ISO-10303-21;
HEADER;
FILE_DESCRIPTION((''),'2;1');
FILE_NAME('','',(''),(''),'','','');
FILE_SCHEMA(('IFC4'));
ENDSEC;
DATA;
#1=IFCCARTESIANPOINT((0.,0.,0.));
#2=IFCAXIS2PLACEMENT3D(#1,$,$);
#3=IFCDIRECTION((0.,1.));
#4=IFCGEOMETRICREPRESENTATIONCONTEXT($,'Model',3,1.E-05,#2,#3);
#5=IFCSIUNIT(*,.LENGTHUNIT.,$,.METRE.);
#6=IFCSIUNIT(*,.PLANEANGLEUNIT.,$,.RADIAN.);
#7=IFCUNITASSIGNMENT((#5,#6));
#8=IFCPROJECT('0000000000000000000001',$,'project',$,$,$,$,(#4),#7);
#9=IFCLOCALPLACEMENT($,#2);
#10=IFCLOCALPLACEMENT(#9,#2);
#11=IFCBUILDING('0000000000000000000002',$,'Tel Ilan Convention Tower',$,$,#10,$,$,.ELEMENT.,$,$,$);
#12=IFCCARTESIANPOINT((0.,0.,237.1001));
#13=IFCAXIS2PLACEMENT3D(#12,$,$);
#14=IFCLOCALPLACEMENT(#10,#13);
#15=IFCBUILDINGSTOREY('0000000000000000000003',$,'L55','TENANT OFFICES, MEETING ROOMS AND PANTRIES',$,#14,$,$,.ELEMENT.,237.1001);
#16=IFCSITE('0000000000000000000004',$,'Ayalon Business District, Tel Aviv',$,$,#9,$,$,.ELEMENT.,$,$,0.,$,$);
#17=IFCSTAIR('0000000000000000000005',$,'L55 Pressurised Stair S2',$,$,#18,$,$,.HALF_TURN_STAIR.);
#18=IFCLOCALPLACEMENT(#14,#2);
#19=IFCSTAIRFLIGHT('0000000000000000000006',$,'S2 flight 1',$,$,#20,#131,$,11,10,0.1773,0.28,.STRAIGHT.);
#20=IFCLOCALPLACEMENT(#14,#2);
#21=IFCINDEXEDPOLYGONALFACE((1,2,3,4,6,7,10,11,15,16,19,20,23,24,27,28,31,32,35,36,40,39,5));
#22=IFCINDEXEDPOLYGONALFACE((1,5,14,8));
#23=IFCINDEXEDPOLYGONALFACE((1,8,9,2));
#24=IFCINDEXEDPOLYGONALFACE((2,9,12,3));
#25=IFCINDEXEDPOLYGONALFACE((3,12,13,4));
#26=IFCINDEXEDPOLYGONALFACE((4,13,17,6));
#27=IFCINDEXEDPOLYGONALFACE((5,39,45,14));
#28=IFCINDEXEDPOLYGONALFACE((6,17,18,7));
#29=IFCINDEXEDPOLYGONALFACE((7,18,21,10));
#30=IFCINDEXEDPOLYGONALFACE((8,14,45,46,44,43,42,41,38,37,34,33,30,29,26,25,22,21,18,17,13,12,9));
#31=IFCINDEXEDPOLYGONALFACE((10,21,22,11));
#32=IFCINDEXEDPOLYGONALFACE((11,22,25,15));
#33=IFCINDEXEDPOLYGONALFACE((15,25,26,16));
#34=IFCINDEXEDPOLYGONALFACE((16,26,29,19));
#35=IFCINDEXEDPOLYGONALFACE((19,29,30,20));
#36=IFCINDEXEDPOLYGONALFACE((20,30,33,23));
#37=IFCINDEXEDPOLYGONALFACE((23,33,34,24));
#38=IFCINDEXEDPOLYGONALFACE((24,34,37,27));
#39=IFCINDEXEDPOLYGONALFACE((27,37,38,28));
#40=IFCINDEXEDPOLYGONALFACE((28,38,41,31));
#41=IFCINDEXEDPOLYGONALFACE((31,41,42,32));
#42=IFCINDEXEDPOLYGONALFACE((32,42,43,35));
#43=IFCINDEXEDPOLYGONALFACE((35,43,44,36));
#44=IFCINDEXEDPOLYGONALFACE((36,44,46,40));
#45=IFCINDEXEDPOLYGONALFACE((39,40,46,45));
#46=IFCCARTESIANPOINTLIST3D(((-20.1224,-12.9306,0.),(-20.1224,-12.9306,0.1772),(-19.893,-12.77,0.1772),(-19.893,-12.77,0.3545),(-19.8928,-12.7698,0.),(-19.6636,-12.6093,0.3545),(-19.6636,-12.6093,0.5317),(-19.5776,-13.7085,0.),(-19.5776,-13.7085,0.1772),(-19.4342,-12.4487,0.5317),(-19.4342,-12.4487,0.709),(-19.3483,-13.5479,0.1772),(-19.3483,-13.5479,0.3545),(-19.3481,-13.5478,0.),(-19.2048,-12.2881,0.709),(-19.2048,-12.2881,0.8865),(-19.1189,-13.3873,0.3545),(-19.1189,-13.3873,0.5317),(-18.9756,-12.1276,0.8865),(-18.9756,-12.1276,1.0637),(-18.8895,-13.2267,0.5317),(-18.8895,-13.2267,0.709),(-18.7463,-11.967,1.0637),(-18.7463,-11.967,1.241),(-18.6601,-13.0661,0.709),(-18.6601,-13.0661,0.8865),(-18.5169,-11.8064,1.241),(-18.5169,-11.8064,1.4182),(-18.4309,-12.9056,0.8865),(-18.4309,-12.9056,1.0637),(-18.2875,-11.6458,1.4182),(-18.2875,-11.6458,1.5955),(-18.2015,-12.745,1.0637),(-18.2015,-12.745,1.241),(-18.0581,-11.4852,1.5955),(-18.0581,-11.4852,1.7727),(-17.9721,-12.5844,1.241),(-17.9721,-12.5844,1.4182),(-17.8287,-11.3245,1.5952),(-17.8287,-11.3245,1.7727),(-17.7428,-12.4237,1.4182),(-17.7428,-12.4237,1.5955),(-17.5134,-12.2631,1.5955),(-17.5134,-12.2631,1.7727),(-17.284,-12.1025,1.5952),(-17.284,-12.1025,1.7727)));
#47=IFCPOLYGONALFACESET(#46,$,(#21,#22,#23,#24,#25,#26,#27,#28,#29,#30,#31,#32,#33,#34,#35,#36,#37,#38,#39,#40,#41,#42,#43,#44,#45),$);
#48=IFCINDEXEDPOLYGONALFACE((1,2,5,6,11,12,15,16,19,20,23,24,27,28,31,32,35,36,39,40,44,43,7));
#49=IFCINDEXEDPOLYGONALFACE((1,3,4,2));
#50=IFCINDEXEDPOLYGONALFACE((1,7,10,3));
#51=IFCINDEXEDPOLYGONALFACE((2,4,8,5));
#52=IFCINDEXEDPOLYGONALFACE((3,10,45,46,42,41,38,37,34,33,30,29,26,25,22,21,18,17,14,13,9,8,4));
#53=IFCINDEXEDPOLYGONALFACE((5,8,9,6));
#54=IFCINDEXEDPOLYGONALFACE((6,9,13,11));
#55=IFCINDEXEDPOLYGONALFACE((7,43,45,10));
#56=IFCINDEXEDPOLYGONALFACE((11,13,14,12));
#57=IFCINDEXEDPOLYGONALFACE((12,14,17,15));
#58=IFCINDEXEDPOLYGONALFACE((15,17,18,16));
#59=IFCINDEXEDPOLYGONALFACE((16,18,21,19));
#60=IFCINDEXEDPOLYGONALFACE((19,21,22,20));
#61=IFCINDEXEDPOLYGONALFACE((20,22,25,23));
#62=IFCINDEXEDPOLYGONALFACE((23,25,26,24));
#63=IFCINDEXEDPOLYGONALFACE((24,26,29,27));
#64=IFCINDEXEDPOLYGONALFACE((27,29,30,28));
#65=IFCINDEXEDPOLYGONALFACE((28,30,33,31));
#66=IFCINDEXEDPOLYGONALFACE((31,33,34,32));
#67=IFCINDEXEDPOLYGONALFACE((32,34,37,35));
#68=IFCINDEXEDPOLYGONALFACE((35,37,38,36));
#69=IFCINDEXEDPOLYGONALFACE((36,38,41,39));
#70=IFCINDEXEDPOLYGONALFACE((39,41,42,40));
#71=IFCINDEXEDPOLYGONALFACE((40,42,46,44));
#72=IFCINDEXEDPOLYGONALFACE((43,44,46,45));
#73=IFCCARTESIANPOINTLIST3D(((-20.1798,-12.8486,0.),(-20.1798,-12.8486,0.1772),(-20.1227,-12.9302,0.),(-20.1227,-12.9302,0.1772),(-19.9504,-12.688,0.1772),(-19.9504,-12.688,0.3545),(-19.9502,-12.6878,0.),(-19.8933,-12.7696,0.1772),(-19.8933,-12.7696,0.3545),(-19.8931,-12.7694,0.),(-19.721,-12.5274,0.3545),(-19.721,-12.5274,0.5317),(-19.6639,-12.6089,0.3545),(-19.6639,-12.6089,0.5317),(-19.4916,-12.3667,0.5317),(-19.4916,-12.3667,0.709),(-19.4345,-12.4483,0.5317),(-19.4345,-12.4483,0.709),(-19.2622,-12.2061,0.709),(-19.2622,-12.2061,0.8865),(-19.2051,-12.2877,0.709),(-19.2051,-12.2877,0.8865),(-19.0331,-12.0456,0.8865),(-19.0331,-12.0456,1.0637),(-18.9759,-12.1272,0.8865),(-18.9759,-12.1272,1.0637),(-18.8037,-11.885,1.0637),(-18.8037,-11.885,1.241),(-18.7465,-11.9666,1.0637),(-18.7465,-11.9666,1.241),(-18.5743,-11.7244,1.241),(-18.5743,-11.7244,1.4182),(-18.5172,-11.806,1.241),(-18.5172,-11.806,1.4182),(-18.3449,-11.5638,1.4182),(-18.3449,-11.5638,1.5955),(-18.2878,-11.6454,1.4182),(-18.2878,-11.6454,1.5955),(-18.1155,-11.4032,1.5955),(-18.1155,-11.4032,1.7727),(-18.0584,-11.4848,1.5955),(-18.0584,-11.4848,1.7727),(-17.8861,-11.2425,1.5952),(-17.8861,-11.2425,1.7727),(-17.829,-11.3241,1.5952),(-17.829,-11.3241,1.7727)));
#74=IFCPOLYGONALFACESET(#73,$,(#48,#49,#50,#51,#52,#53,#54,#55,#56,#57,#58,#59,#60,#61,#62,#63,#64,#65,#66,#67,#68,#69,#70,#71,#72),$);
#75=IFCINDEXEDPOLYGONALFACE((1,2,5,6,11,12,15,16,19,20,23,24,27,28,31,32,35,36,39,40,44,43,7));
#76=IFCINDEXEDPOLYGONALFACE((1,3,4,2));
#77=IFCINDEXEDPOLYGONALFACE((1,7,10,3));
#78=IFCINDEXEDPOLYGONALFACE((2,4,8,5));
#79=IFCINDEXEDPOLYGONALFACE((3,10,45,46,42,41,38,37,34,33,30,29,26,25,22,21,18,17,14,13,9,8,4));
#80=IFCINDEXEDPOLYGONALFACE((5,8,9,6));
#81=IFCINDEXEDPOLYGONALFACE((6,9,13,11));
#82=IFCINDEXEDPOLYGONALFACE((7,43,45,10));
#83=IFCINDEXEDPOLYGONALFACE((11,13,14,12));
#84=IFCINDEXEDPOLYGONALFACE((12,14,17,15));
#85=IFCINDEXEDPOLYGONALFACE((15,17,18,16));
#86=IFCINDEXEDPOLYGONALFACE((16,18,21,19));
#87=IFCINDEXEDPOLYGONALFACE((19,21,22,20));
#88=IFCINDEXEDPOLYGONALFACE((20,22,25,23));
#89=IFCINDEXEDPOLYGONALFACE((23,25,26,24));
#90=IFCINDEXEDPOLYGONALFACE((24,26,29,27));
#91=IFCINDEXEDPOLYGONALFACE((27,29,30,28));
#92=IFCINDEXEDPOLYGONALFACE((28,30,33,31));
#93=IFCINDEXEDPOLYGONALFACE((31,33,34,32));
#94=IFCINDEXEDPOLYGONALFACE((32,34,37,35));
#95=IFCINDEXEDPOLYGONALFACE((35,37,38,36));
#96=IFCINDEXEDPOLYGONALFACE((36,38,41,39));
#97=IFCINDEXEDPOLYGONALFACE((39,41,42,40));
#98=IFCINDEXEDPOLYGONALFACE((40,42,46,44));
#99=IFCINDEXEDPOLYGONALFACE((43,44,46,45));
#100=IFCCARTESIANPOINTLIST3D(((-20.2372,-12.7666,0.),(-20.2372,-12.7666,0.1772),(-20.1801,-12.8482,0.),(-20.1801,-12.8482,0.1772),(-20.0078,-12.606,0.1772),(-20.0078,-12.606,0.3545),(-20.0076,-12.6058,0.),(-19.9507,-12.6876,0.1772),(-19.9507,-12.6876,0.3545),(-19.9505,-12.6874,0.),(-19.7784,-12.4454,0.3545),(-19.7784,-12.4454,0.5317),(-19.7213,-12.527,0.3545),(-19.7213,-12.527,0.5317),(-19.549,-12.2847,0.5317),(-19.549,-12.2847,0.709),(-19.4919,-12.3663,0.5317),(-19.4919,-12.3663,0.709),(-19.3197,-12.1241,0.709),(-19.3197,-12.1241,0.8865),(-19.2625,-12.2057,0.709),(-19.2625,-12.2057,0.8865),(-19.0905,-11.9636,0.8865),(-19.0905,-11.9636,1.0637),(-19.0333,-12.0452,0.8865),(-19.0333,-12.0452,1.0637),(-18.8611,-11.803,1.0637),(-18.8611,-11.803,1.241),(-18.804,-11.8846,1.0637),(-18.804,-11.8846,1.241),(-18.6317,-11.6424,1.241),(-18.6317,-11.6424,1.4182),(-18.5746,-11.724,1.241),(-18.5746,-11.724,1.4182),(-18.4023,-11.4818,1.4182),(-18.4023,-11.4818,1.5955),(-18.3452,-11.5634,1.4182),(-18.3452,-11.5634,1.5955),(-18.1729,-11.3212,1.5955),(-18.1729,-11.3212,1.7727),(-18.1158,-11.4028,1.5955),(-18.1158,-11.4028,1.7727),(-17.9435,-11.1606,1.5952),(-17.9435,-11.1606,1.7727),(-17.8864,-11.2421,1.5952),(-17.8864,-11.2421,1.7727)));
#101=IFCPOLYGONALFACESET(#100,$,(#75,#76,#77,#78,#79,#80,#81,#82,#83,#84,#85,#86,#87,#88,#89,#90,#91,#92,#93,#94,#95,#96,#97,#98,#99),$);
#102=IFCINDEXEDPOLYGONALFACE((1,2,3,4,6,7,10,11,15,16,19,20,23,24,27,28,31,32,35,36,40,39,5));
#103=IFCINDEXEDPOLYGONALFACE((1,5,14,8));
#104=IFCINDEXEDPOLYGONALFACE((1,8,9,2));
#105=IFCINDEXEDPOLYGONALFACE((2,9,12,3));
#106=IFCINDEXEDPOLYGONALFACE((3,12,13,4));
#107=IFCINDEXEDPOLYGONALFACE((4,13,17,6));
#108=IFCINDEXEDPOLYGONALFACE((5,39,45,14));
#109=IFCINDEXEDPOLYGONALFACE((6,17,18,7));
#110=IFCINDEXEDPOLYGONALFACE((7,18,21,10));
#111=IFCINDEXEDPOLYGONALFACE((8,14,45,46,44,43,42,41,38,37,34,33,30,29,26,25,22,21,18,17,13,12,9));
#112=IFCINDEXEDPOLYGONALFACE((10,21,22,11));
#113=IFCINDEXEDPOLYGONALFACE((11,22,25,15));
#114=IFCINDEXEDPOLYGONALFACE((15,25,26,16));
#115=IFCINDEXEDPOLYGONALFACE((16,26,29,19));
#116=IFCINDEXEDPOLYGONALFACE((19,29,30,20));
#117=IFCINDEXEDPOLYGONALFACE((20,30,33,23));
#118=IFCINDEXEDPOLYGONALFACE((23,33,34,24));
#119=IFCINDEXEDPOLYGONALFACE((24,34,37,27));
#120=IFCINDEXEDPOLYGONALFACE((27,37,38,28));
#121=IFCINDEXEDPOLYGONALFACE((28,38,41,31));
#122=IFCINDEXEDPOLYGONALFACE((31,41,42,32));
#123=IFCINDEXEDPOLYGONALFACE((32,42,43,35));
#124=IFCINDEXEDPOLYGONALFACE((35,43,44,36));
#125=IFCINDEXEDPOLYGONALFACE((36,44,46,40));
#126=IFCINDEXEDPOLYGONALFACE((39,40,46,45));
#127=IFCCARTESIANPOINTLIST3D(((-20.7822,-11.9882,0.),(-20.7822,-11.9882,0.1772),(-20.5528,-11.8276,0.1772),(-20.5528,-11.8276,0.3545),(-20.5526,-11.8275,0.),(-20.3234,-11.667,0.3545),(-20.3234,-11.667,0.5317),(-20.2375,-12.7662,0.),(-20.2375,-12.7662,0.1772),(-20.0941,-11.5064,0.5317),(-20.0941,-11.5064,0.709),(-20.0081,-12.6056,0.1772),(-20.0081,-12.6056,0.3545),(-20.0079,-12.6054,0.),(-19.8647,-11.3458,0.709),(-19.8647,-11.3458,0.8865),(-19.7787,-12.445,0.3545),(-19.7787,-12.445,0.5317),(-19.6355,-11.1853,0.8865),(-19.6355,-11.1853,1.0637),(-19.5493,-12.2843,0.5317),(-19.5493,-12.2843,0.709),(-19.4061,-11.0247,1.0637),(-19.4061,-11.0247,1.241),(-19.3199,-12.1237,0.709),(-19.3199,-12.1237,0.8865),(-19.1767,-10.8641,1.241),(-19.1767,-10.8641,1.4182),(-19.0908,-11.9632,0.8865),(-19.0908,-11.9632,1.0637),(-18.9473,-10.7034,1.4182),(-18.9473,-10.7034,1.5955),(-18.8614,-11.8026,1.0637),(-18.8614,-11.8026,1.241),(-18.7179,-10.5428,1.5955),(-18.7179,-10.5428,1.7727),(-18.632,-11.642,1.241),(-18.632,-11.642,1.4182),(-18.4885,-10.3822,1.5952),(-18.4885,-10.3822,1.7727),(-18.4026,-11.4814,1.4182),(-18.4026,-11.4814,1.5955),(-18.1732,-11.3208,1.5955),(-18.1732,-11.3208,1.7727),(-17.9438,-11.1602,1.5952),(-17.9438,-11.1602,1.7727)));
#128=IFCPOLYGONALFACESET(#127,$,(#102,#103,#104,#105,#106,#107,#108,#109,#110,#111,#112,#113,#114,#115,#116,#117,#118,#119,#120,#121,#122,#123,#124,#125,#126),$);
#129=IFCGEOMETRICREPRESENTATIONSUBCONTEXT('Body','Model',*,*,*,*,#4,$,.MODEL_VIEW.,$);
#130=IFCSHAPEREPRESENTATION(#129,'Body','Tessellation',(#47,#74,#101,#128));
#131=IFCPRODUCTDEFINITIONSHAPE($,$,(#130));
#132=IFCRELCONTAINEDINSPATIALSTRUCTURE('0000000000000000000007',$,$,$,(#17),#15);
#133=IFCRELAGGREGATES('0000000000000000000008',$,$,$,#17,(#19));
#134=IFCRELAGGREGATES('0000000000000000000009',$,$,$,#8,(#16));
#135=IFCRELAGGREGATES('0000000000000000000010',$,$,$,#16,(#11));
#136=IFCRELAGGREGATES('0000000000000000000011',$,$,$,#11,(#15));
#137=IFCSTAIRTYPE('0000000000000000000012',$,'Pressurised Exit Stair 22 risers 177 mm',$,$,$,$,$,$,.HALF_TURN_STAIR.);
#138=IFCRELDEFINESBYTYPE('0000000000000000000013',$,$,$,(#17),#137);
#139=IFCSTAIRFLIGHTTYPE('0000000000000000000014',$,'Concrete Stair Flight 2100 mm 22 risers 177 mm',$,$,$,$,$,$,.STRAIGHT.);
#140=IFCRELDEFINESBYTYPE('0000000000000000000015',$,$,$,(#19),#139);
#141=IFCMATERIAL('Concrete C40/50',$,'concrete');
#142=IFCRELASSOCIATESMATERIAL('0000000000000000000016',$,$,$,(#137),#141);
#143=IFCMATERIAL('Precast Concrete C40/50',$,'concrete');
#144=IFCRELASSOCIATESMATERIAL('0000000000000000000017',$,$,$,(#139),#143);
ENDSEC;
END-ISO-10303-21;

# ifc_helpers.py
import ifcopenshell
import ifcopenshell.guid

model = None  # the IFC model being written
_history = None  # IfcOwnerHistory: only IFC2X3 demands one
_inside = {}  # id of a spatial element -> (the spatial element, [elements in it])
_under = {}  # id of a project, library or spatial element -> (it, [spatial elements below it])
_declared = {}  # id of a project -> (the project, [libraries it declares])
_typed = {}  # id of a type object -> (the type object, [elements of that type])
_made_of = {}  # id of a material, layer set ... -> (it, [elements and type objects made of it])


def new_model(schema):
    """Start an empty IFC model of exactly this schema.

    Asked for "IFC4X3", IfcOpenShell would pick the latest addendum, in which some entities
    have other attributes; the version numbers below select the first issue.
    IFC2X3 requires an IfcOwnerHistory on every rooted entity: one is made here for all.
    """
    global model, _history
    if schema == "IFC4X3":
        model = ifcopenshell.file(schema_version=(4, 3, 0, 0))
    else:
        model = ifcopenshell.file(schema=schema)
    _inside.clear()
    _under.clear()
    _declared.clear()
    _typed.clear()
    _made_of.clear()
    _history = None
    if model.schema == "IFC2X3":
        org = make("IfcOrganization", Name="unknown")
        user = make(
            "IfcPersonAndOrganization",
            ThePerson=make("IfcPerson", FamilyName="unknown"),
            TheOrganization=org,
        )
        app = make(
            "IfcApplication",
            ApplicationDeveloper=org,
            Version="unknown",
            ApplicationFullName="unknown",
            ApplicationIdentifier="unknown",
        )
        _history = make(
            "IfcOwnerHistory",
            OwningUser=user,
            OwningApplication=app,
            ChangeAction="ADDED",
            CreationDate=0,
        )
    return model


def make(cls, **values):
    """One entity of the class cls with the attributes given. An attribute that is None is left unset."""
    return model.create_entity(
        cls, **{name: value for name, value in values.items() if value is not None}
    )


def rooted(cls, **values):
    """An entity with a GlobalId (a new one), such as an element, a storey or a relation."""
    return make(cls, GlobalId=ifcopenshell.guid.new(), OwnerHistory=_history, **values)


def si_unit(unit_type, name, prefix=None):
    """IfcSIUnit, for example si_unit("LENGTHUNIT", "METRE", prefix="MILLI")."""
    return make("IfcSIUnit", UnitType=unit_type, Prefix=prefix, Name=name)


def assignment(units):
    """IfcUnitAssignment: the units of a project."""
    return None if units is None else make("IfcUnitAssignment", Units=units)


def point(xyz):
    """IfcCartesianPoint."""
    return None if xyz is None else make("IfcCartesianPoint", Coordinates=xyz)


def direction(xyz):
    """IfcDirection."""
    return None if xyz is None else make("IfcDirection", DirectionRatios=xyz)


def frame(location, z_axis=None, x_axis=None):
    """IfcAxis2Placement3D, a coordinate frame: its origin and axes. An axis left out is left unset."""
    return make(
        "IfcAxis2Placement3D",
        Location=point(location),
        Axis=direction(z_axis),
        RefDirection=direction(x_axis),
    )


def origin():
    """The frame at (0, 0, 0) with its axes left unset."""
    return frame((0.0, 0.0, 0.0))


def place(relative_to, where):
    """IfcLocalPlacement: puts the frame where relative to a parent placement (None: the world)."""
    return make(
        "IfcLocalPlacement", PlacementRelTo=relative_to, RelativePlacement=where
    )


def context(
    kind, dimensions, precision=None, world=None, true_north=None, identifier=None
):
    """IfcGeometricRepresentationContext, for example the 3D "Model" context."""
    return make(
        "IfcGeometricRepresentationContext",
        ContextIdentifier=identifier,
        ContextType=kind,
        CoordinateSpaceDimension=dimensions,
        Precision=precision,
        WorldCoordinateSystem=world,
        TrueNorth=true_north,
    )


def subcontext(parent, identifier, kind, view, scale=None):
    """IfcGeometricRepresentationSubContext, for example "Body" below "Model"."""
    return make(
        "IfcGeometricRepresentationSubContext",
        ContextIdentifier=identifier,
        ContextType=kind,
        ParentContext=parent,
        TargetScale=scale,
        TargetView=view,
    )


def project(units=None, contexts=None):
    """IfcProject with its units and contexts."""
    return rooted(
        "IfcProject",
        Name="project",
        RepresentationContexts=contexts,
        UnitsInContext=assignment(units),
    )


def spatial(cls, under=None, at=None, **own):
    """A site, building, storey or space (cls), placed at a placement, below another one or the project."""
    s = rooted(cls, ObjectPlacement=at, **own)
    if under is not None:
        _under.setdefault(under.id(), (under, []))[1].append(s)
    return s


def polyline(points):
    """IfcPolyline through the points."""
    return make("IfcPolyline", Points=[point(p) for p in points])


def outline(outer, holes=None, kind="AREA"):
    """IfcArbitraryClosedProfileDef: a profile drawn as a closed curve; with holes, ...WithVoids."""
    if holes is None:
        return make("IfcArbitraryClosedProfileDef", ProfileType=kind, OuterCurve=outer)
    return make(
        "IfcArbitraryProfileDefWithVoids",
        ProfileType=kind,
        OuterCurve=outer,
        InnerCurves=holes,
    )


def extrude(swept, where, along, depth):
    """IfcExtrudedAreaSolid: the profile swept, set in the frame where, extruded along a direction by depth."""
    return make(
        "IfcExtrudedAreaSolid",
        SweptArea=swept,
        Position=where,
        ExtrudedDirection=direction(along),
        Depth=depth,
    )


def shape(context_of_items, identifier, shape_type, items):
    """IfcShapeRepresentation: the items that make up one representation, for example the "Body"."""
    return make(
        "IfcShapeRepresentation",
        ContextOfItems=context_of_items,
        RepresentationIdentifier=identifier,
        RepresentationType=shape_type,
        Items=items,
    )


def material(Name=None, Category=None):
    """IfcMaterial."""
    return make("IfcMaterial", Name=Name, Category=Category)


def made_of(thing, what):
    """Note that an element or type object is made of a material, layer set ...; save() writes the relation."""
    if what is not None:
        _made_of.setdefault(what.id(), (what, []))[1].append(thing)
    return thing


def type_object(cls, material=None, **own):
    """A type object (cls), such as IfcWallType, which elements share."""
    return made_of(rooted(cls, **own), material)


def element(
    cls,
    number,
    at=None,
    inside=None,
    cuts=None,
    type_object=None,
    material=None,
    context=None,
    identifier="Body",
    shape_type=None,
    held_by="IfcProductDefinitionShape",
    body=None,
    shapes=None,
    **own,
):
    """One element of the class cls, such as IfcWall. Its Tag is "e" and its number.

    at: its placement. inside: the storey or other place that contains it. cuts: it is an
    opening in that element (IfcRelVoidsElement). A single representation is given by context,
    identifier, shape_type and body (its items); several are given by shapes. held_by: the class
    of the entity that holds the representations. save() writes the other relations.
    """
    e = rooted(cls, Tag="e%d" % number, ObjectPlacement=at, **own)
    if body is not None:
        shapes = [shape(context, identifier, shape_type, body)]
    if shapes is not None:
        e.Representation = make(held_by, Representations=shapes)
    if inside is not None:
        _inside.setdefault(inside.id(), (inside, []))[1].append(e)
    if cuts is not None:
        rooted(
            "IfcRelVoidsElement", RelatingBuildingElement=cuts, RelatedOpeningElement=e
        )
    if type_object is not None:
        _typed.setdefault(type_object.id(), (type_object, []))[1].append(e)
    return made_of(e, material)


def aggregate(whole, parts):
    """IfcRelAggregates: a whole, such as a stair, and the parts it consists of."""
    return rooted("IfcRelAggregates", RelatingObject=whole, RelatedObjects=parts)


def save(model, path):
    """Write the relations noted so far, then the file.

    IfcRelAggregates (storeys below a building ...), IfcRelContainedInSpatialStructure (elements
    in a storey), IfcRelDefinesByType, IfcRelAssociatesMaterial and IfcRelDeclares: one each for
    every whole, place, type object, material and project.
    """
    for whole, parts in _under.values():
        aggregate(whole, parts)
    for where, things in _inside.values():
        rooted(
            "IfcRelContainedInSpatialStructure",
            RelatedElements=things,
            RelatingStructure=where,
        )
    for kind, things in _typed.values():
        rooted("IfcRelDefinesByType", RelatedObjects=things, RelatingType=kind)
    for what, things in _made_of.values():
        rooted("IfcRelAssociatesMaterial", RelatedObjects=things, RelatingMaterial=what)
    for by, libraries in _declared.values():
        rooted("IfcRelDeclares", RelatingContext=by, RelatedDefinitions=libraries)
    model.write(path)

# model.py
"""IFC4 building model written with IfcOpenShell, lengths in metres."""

from ifc_helpers import new_model, si_unit, direction, frame, origin, place, context, subcontext, project, spatial, polyline, outline, extrude, material, type_object, element, aggregate, save


model = new_model("IFC4")

# Units and contexts
model_context = context("Model", 3, precision=1e-05, world=origin(), true_north=direction((0.0, 1.0)))
body_context = subcontext(model_context, "Body", "Model", "MODEL_VIEW")
ifc_project = project(units=[si_unit("LENGTHUNIT", "METRE"), si_unit("PLANEANGLEUNIT", "RADIAN")], contexts=[model_context])

# Site, building, storey
site_placement = place(None, origin())
site = spatial("IfcSite", under=ifc_project, at=site_placement, Name="Ayalon Business District, Tel Aviv", CompositionType="ELEMENT", RefElevation=0.0)
building_placement = place(site_placement, origin())
building = spatial("IfcBuilding", under=site, at=building_placement, Name="Tel Ilan Convention Tower", CompositionType="ELEMENT")
storey_placement = place(building_placement, frame((0.0, 0.0, 237.1001)))
storey = spatial("IfcBuildingStorey", under=building, at=storey_placement, Name="L55", Description="TENANT OFFICES, MEETING ROOMS AND PANTRIES", CompositionType="ELEMENT", Elevation=237.1001)

# Stair, stair flight
ifc_material_1 = material(Name="Concrete C40/50", Category="concrete")
stair_type = type_object("IfcStairType", Name="Pressurised Exit Stair 22 risers 177 mm", PredefinedType="HALF_TURN_STAIR", material=ifc_material_1)
ifc_material_2 = material(Name="Precast Concrete C40/50", Category="concrete")
stair_flight_type = type_object("IfcStairFlightType", Name="Concrete Stair Flight 2100 mm 22 risers 177 mm", PredefinedType="STRAIGHT", material=ifc_material_2)
stair_1_placement = place(storey_placement, origin())
stair_1 = element("IfcStair", 1, at=stair_1_placement, inside=storey, type_object=stair_type, Name="L55 Pressurised Stair S2", PredefinedType="HALF_TURN_STAIR")
stair_flight_1_placement = place(storey_placement, frame((-20.1799, -12.8484, 0.0), z_axis=(0.0, 0.0, 1.0), x_axis=(0.819152, 0.573576, 0.0)))
stair_flight_1 = element("IfcStairFlight", 2, at=stair_flight_1_placement, type_object=stair_flight_type, Name="S2 flight 1", NumberOfRisers=11, NumberOfTreads=10, PredefinedType="STRAIGHT", RiserHeight=0.1773, TreadLength=0.28, context=body_context, shape_type="SweptSolid", body=[
    extrude(outline(polyline([(0.0, 0.0), (0.0, 0.1772), (0.28, 0.1772), (0.28, 0.3545), (0.5601, 0.3545), (0.5601, 0.5317), (0.8401, 0.5317), (0.8401, 0.709), (1.1201, 0.709), (1.1201, 0.8865), (1.3999, 0.8865), (1.3999, 1.0637), (1.6799, 1.0637), (1.6799, 1.241), (1.96, 1.241), (1.96, 1.4182), (2.24, 1.4182), (2.24, 1.5955), (2.52, 1.5955), (2.52, 1.7727), (2.8, 1.7727), (2.8, 1.95), (2.8, 1.5952), (0.2803, 0.0), (0.0, 0.0)])), frame((0.0, -0.1003, 0.0), z_axis=(0.0, -1.0, 0.0), x_axis=(1.0, 0.0, 0.0)), (0.0, 0.0, 1.0), 0.9497),
    extrude(outline(polyline([(0.0, 0.0), (0.0, 0.1772), (0.28, 0.1772), (0.28, 0.3545), (0.5601, 0.3545), (0.5601, 0.5317), (0.8401, 0.5317), (0.8401, 0.709), (1.1201, 0.709), (1.1201, 0.8865), (1.3999, 0.8865), (1.3999, 1.0637), (1.6799, 1.0637), (1.6799, 1.241), (1.96, 1.241), (1.96, 1.4182), (2.24, 1.4182), (2.24, 1.5955), (2.52, 1.5955), (2.52, 1.7727), (2.8, 1.7727), (2.8, 1.95), (2.8, 1.5952), (0.2803, 0.0), (0.0, 0.0)])), frame((0.0, -0.0002, 0.0), z_axis=(0.0, -1.0, 0.0), x_axis=(1.0, 0.0, 0.0)), (0.0, 0.0, 1.0), 0.0996),
    extrude(outline(polyline([(0.0, 0.0), (0.0, 0.1772), (0.28, 0.1772), (0.28, 0.3545), (0.5601, 0.3545), (0.5601, 0.5317), (0.8401, 0.5317), (0.8401, 0.709), (1.1201, 0.709), (1.1201, 0.8865), (1.3999, 0.8865), (1.3999, 1.0637), (1.6799, 1.0637), (1.6799, 1.241), (1.96, 1.241), (1.96, 1.4182), (2.24, 1.4182), (2.24, 1.5955), (2.52, 1.5955), (2.52, 1.7727), (2.8, 1.7727), (2.8, 1.95), (2.8, 1.5952), (0.2803, 0.0), (0.0, 0.0)])), frame((0.0, 0.0999, 0.0), z_axis=(0.0, -1.0, 0.0), x_axis=(1.0, 0.0, 0.0)), (0.0, 0.0, 1.0), 0.0996),
    extrude(outline(polyline([(0.0, 0.0), (0.0, 0.1772), (0.28, 0.1772), (0.28, 0.3545), (0.5601, 0.3545), (0.5601, 0.5317), (0.8401, 0.5317), (0.8401, 0.709), (1.1201, 0.709), (1.1201, 0.8865), (1.3999, 0.8865), (1.3999, 1.0637), (1.6799, 1.0637), (1.6799, 1.241), (1.96, 1.241), (1.96, 1.4182), (2.24, 1.4182), (2.24, 1.5955), (2.52, 1.5955), (2.52, 1.7727), (2.8, 1.7727), (2.8, 1.95), (2.8, 1.5952), (0.2803, 0.0), (0.0, 0.0)])), frame((0.0, 1.05, 0.0), z_axis=(0.0, -1.0, 0.0), x_axis=(1.0, 0.0, 0.0)), (0.0, 0.0, 1.0), 0.9497),
])
aggregate(stair_1, [stair_flight_1])

save(model, "model.ifc")
